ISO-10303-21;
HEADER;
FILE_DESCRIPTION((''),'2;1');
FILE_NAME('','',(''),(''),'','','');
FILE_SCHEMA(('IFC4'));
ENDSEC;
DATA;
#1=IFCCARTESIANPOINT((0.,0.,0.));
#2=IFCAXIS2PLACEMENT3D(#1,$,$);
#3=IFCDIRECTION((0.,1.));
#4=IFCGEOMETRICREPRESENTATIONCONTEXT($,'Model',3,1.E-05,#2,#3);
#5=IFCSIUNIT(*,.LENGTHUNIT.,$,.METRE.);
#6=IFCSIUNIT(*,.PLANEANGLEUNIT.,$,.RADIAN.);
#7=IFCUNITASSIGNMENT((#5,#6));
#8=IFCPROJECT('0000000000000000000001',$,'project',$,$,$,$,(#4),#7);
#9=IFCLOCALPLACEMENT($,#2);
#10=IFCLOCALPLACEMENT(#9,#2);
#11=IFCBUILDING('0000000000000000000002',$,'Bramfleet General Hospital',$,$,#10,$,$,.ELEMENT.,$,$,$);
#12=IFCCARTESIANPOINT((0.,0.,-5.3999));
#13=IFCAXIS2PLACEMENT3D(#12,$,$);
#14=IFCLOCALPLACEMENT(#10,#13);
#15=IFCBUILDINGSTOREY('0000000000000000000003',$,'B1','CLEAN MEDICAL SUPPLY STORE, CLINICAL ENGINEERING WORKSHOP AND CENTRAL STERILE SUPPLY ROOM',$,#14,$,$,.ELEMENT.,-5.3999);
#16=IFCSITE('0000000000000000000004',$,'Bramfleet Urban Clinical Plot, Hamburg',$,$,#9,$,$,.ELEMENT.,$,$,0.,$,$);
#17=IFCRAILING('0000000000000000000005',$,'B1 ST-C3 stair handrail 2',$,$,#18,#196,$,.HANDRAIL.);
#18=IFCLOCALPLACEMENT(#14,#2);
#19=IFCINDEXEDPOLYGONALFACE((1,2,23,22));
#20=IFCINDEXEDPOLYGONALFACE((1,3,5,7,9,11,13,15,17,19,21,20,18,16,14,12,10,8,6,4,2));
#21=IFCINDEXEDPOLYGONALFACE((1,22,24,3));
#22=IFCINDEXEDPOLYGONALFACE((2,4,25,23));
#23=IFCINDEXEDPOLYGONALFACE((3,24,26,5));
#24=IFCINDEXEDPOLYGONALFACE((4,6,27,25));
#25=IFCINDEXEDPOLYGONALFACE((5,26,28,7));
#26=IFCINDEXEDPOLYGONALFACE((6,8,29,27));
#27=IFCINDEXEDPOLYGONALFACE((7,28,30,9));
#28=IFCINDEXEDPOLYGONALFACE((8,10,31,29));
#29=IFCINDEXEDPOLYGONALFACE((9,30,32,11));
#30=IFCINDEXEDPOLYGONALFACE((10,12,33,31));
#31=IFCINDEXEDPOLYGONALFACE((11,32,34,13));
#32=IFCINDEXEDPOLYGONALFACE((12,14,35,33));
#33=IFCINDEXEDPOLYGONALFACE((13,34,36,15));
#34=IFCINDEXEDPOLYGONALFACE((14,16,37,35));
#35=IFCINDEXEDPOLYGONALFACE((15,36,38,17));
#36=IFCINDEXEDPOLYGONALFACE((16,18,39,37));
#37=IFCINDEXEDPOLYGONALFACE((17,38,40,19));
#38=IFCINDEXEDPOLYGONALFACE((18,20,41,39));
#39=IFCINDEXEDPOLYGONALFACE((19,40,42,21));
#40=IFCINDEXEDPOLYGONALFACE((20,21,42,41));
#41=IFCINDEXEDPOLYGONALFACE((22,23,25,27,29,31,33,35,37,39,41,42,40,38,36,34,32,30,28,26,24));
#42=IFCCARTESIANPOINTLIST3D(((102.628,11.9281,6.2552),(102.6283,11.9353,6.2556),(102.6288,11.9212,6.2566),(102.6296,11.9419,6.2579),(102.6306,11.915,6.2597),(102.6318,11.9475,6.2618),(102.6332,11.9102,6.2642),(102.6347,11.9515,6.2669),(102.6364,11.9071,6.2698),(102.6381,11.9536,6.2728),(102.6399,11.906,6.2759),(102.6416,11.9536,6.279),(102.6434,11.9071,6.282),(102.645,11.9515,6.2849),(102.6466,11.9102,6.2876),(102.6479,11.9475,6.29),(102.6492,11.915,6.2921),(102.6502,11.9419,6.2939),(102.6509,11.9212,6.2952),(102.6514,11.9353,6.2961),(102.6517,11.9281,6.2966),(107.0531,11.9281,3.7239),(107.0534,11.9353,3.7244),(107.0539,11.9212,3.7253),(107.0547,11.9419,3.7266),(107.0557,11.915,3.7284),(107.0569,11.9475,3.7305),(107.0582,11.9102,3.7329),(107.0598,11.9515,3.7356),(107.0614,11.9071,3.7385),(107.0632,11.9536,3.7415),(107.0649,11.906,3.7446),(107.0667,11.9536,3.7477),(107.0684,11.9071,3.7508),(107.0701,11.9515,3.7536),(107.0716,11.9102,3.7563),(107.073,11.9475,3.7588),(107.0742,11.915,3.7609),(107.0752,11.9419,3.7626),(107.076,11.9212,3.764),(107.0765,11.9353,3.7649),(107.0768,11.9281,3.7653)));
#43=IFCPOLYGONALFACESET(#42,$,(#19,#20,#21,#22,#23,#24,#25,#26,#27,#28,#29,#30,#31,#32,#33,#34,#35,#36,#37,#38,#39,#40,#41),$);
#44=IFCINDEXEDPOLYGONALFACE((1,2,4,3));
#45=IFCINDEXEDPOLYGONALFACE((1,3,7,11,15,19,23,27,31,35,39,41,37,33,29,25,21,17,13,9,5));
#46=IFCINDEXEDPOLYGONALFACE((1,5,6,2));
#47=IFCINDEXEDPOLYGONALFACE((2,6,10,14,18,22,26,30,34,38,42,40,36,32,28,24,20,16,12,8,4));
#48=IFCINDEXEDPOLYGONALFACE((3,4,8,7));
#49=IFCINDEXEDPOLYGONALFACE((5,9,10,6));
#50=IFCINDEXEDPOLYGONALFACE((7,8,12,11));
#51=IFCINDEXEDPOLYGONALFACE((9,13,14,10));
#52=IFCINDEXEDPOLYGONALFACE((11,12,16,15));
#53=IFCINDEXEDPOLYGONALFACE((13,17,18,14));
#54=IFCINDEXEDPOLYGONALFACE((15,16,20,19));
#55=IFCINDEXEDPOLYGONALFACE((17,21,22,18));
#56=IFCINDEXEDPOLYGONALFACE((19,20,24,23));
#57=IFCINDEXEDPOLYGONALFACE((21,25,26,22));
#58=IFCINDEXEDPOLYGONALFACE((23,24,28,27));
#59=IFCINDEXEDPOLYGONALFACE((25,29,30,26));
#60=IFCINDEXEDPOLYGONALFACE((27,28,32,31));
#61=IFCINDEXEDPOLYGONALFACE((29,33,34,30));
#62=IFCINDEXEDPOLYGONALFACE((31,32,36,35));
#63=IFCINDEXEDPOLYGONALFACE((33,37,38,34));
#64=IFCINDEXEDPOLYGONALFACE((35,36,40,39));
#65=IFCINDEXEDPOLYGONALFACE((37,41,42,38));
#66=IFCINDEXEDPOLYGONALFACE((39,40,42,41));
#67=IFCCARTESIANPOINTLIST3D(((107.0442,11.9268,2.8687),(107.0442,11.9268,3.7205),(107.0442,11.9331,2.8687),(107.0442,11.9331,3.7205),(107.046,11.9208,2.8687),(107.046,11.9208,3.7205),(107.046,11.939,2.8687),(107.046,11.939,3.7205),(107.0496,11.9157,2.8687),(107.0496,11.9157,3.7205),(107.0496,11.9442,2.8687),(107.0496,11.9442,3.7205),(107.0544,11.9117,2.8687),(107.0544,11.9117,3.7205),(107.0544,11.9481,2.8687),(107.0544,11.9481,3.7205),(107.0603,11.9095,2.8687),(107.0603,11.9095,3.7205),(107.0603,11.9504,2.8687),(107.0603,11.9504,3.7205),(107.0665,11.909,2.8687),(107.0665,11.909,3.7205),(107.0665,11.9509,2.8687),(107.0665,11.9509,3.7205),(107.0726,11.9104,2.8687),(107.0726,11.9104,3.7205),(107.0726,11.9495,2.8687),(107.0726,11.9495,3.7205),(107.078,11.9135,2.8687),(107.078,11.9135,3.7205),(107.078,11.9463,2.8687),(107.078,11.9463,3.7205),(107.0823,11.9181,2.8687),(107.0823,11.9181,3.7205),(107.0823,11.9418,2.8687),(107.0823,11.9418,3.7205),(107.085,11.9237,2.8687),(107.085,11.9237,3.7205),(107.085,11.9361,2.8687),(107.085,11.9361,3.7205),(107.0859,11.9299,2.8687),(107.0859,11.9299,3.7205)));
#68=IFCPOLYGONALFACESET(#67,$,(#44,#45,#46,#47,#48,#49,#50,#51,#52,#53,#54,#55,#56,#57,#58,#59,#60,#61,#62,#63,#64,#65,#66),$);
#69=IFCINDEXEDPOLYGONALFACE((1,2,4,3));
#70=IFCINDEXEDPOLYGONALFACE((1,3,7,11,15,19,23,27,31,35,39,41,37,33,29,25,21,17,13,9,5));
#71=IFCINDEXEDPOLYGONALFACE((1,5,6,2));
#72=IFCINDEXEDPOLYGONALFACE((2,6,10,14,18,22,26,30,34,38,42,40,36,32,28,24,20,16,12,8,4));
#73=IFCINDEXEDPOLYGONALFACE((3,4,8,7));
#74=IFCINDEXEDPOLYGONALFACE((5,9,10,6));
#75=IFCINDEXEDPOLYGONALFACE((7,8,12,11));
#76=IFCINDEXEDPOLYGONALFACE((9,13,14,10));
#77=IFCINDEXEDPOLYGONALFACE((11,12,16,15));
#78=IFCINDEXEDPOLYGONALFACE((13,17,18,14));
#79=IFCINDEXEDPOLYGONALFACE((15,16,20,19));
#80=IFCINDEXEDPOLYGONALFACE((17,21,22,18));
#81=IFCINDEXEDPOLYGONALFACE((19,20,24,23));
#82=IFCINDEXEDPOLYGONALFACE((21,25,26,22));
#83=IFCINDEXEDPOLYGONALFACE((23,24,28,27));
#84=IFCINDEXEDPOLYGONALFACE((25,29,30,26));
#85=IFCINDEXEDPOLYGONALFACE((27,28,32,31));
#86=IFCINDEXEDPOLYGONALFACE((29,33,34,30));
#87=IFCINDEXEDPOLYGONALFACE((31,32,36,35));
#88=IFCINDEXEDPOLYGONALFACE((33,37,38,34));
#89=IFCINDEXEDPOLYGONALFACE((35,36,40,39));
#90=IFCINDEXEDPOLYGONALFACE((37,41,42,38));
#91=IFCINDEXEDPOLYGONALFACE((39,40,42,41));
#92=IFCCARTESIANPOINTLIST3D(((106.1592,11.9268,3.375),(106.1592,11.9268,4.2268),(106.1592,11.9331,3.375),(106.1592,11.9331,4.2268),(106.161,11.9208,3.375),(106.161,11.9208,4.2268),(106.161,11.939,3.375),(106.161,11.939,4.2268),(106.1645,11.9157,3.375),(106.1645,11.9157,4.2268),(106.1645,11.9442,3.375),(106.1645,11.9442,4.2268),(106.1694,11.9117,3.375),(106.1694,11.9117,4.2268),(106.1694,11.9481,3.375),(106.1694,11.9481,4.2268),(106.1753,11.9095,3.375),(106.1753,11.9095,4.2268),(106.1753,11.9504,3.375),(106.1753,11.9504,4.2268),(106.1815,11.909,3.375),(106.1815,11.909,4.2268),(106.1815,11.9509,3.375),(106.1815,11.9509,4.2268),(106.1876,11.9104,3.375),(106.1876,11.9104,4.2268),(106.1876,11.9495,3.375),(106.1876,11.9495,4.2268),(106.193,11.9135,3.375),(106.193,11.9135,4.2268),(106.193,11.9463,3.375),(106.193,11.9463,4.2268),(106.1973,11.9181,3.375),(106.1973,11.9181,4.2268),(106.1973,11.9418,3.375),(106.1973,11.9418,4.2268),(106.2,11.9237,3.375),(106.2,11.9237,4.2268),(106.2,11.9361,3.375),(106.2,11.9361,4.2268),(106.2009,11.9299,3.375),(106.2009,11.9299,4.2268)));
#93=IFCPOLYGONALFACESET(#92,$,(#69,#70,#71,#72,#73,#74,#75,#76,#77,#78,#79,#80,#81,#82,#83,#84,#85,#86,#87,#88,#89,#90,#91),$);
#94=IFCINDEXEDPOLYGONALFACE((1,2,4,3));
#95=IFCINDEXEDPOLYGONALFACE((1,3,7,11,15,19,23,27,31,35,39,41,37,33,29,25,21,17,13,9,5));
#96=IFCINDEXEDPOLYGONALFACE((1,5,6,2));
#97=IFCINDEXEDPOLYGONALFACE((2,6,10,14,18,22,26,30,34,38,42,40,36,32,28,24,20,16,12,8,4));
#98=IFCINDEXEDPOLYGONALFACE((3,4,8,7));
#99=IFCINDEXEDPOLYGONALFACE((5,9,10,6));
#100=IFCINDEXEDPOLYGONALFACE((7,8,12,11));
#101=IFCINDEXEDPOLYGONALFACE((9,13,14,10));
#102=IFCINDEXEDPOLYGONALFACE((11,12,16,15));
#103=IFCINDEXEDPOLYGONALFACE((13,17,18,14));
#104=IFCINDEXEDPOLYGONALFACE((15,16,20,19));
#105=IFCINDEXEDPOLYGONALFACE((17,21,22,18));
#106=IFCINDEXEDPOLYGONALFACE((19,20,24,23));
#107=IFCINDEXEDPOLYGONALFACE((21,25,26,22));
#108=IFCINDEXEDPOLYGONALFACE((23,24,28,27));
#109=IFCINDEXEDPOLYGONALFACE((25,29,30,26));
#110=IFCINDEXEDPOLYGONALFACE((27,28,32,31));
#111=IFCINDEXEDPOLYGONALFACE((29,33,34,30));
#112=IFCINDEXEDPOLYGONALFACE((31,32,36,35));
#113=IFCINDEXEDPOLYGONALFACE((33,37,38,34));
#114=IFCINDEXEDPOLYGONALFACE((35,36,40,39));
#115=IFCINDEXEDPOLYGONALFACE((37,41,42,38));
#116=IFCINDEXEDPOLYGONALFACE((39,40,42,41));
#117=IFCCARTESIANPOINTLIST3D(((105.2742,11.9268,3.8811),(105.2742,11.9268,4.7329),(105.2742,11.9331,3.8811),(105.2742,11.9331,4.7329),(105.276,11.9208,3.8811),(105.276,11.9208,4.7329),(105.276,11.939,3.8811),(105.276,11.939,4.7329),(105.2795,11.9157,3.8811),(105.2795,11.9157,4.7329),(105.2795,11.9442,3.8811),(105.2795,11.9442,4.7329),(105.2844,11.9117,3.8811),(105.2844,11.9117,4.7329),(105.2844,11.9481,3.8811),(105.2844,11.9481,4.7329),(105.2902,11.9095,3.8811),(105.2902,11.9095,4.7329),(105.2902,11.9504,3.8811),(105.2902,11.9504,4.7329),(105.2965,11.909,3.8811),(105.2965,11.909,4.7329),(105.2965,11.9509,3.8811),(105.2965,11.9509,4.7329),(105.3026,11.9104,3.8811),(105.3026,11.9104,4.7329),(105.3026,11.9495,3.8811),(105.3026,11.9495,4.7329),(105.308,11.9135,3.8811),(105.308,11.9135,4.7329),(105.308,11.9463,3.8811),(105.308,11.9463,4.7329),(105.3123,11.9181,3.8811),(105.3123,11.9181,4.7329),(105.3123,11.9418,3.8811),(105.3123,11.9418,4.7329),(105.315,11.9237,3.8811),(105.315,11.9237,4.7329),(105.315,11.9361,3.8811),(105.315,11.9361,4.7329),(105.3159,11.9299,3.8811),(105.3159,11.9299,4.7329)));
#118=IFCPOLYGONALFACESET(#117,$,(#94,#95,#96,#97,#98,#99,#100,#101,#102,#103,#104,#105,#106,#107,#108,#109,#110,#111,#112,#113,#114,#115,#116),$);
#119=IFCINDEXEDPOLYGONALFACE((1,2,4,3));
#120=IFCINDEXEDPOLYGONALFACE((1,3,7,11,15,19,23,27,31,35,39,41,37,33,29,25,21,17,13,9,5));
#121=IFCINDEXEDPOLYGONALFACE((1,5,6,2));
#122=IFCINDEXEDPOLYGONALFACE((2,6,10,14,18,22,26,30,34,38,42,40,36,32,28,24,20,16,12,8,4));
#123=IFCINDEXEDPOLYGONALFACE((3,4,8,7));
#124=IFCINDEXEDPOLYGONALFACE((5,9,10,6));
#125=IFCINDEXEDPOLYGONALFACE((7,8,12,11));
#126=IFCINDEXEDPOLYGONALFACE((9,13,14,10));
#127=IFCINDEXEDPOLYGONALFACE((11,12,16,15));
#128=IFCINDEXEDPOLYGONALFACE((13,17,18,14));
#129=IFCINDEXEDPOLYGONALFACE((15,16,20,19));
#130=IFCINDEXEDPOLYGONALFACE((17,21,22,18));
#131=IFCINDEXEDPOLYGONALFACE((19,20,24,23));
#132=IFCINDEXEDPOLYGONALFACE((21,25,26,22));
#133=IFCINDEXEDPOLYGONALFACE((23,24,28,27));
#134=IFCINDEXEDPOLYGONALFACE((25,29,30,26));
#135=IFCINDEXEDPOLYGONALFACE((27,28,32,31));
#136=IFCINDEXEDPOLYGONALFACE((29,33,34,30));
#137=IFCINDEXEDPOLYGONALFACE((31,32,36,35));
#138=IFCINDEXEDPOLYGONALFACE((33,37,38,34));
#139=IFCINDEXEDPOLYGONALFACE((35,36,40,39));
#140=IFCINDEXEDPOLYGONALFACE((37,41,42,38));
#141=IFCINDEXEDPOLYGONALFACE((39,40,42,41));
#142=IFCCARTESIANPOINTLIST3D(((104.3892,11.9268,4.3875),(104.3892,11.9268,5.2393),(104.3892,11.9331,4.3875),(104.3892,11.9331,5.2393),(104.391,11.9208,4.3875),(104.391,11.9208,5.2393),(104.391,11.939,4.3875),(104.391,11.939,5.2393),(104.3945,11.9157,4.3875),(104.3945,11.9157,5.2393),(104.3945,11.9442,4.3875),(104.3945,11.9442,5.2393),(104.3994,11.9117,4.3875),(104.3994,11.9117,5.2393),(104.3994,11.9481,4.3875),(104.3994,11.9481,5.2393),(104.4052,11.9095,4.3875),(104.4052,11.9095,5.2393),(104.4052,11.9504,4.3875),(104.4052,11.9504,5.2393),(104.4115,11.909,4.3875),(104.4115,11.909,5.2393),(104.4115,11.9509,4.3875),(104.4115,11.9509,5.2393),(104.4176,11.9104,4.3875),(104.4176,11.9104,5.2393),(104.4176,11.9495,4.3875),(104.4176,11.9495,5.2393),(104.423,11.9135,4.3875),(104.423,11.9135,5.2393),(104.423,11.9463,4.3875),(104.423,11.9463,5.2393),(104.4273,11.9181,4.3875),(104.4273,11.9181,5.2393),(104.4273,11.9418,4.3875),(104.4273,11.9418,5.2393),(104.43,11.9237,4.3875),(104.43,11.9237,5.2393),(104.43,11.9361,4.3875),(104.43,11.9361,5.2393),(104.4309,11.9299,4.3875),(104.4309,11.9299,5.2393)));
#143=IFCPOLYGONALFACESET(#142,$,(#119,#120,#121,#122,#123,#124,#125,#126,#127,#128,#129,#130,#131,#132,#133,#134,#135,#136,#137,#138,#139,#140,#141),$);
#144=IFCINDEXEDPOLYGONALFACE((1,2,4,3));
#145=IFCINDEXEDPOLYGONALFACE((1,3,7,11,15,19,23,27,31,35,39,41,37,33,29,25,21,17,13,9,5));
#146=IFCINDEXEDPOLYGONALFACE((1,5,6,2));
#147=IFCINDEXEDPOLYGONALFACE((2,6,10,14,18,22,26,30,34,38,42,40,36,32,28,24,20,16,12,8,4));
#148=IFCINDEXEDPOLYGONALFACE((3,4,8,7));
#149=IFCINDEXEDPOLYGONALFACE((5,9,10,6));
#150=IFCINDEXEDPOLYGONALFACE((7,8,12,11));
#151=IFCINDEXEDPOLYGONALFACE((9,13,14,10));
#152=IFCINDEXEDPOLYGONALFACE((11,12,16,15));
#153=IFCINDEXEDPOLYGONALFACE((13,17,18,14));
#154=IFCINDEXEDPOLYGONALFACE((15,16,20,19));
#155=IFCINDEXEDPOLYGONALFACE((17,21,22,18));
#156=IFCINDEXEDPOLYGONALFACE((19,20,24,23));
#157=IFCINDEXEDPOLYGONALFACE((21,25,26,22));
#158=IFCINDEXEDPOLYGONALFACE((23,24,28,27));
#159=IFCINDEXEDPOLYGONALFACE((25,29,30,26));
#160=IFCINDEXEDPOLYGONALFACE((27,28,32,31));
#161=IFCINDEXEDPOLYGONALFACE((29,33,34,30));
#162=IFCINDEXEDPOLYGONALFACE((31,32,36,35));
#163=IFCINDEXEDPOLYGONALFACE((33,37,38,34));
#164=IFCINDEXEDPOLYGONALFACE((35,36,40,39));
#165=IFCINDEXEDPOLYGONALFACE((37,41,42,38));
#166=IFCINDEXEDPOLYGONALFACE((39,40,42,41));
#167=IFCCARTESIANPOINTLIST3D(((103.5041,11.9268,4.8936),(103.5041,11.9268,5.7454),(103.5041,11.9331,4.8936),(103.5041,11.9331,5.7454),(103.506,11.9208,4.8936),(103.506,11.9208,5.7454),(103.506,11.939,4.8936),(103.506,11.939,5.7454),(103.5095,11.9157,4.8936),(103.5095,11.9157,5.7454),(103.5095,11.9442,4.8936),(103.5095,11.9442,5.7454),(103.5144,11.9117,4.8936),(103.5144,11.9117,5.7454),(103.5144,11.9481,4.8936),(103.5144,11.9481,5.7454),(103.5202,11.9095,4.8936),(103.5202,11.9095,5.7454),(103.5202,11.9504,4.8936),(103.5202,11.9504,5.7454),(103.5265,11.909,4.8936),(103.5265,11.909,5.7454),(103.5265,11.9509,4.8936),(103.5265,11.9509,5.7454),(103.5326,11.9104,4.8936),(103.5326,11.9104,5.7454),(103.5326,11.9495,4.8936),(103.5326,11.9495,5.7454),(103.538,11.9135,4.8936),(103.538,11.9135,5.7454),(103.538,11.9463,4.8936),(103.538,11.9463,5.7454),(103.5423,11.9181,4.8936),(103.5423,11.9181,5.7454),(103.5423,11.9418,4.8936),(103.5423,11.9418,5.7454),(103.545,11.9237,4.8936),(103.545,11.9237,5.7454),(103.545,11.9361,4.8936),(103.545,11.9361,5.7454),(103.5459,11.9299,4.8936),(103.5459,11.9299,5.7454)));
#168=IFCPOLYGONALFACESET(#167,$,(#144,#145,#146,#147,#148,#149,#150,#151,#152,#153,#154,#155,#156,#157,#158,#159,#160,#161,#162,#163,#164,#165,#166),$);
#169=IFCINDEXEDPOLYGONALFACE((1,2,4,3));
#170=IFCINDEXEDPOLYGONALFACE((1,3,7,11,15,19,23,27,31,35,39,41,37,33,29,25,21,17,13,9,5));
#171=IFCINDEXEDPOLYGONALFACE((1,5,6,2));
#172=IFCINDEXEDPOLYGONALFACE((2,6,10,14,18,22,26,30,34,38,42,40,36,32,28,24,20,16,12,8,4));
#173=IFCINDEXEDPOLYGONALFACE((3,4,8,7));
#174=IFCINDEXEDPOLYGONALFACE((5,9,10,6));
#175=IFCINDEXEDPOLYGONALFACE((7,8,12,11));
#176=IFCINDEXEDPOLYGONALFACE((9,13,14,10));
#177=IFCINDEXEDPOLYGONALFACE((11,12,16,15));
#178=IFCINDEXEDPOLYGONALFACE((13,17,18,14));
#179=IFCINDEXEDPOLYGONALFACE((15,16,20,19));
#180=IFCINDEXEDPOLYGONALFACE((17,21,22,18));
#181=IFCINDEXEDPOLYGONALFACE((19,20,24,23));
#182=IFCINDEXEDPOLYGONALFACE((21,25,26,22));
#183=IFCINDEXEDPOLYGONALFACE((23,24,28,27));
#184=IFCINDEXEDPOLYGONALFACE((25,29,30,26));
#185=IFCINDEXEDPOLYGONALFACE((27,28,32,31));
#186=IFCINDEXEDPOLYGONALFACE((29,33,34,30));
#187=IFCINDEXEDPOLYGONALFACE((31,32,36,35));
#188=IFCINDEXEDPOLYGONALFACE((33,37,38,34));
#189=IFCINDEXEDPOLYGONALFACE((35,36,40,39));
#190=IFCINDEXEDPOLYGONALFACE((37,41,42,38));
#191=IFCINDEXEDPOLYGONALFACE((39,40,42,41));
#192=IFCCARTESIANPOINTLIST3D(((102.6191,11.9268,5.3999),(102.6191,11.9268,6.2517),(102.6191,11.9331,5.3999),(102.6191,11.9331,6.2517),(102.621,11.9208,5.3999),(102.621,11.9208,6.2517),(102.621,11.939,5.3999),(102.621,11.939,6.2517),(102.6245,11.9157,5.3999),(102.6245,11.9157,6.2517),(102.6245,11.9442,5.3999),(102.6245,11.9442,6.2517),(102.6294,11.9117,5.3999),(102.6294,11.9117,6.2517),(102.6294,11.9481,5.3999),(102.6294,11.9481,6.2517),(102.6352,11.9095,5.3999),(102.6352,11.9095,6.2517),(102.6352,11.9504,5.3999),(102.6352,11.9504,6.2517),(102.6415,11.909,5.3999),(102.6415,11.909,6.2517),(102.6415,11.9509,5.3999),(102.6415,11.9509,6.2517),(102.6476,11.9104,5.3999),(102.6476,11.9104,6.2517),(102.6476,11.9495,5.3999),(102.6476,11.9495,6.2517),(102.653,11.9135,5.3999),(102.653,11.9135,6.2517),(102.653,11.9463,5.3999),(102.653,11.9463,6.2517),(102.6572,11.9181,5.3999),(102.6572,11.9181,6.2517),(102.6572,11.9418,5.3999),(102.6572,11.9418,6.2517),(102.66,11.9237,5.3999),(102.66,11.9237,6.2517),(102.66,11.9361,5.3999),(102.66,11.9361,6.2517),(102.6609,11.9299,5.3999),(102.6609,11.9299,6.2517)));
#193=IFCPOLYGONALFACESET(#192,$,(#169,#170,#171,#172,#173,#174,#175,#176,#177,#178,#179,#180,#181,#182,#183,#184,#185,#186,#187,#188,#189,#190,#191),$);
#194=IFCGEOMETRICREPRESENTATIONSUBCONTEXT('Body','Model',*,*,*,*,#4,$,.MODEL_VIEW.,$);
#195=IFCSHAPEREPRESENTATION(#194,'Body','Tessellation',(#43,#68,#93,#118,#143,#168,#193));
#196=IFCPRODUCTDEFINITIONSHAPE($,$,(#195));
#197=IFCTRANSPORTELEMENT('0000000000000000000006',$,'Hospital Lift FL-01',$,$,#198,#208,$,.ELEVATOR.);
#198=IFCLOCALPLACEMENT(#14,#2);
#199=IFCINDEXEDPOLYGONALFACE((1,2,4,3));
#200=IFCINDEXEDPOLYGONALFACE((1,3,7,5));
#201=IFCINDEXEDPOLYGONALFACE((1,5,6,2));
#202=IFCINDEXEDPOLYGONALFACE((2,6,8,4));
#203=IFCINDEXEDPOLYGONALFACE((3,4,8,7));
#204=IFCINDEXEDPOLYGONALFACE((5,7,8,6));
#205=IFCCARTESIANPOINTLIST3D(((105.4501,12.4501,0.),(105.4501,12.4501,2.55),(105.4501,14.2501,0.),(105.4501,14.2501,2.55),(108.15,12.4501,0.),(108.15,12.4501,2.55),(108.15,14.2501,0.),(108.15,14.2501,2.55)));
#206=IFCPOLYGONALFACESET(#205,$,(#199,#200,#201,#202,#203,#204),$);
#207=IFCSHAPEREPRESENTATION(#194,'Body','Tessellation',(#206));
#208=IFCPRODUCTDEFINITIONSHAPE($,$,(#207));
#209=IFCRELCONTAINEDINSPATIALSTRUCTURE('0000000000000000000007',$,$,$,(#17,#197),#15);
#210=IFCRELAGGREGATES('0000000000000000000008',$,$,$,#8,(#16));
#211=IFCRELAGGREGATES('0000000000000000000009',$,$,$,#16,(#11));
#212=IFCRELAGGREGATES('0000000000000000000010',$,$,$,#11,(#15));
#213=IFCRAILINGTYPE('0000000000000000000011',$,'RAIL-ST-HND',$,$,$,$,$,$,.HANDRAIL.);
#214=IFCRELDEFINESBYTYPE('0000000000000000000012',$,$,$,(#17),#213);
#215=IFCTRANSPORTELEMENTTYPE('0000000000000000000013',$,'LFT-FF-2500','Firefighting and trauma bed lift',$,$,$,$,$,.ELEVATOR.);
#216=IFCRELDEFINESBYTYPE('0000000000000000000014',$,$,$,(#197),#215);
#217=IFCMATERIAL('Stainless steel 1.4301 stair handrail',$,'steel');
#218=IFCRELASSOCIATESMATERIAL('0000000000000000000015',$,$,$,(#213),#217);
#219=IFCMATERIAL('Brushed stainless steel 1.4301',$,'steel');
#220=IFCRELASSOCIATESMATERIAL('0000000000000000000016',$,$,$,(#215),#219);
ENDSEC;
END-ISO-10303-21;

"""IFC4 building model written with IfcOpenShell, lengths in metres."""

from ifc_helpers import new_model, si_unit, direction, frame, origin, origin_2d, place, context, subcontext, project, spatial, rectangle, circle, extrude, material, type_object, element, save


model = new_model("IFC4")

# Units and contexts
model_context = context("Model", 3, precision=1e-05, world=origin(), true_north=direction((0.0, 1.0)))
body_context = subcontext(model_context, "Body", "Model", "MODEL_VIEW")
ifc_project = project(units=[si_unit("LENGTHUNIT", "METRE"), si_unit("PLANEANGLEUNIT", "RADIAN")], contexts=[model_context])

# Site, building, storey
site_placement = place(None, origin())
site = spatial("IfcSite", under=ifc_project, at=site_placement, Name="Bramfleet Urban Clinical Plot, Hamburg", CompositionType="ELEMENT", RefElevation=0.0)
building_placement = place(site_placement, origin())
building = spatial("IfcBuilding", under=site, at=building_placement, Name="Bramfleet General Hospital", CompositionType="ELEMENT")
storey_placement = place(building_placement, frame((0.0, 0.0, -5.3999)))
storey = spatial("IfcBuildingStorey", under=building, at=storey_placement, Name="B1", Description="CLEAN MEDICAL SUPPLY STORE, CLINICAL ENGINEERING WORKSHOP AND CENTRAL STERILE SUPPLY ROOM", CompositionType="ELEMENT", Elevation=-5.3999)

# Shared definitions
ifc_material_1 = material(Name="Brushed stainless steel 1.4301", Category="steel")

# Railing
ifc_material_2 = material(Name="Stainless steel 1.4301 stair handrail", Category="steel")
railing_type_1 = type_object("IfcRailingType", Name="RAIL-ST-HND", PredefinedType="HANDRAIL", material=ifc_material_2)
railing_1_placement = place(storey_placement, frame((107.0649, 11.9299, 2.8687)))
element("IfcRailing", 1, at=railing_1_placement, inside=storey, type_object=railing_type_1, Name="B1 ST-C3 stair handrail 2", PredefinedType="HANDRAIL", context=body_context, shape_type="SweptSolid", body=[
    extrude(circle(Radius=0.0239, at=origin_2d()), frame((0.0, 0.0, 0.876), z_axis=(-0.868019, 0.0, 0.496531), x_axis=(0.0, -1.0, 0.0)), (0.0, 0.0, 1.0), 5.0979),
    extrude(circle(Radius=0.021, at=origin_2d()), origin(), (0.0, 0.0, 1.0), 0.8518),
    extrude(circle(Radius=0.021, at=origin_2d()), frame((-0.885, 0.0, 0.5063)), (0.0, 0.0, 1.0), 0.8518),
    extrude(circle(Radius=0.021, at=origin_2d()), frame((-1.77, 0.0, 1.0125)), (0.0, 0.0, 1.0), 0.8518),
    extrude(circle(Radius=0.021, at=origin_2d()), frame((-2.655, 0.0, 1.5188)), (0.0, 0.0, 1.0), 0.8518),
    extrude(circle(Radius=0.021, at=origin_2d()), frame((-3.54, 0.0, 2.0249)), (0.0, 0.0, 1.0), 0.8518),
    extrude(circle(Radius=0.021, at=origin_2d()), frame((-4.425, 0.0, 2.5312)), (0.0, 0.0, 1.0), 0.8518),
])

# Transport element
transport_element_type = type_object("IfcTransportElementType", Name="LFT-FF-2500", Description="Firefighting and trauma bed lift", PredefinedType="ELEVATOR", material=ifc_material_1)
transport_element_placement = place(storey_placement, frame((106.8, 13.3501, 0.0), z_axis=(0.0, 0.0, 1.0), x_axis=(1.0, 0.0, 0.0)))
element("IfcTransportElement", 2, at=transport_element_placement, inside=storey, type_object=transport_element_type, Name="Hospital Lift FL-01", PredefinedType="ELEVATOR", context=body_context, shape_type="SweptSolid", body=[
    extrude(rectangle(XDim=2.7, YDim=1.8, at=origin_2d()), origin(), (0.0, 0.0, 1.0), 2.55),
])

save(model, "model.ifc")
